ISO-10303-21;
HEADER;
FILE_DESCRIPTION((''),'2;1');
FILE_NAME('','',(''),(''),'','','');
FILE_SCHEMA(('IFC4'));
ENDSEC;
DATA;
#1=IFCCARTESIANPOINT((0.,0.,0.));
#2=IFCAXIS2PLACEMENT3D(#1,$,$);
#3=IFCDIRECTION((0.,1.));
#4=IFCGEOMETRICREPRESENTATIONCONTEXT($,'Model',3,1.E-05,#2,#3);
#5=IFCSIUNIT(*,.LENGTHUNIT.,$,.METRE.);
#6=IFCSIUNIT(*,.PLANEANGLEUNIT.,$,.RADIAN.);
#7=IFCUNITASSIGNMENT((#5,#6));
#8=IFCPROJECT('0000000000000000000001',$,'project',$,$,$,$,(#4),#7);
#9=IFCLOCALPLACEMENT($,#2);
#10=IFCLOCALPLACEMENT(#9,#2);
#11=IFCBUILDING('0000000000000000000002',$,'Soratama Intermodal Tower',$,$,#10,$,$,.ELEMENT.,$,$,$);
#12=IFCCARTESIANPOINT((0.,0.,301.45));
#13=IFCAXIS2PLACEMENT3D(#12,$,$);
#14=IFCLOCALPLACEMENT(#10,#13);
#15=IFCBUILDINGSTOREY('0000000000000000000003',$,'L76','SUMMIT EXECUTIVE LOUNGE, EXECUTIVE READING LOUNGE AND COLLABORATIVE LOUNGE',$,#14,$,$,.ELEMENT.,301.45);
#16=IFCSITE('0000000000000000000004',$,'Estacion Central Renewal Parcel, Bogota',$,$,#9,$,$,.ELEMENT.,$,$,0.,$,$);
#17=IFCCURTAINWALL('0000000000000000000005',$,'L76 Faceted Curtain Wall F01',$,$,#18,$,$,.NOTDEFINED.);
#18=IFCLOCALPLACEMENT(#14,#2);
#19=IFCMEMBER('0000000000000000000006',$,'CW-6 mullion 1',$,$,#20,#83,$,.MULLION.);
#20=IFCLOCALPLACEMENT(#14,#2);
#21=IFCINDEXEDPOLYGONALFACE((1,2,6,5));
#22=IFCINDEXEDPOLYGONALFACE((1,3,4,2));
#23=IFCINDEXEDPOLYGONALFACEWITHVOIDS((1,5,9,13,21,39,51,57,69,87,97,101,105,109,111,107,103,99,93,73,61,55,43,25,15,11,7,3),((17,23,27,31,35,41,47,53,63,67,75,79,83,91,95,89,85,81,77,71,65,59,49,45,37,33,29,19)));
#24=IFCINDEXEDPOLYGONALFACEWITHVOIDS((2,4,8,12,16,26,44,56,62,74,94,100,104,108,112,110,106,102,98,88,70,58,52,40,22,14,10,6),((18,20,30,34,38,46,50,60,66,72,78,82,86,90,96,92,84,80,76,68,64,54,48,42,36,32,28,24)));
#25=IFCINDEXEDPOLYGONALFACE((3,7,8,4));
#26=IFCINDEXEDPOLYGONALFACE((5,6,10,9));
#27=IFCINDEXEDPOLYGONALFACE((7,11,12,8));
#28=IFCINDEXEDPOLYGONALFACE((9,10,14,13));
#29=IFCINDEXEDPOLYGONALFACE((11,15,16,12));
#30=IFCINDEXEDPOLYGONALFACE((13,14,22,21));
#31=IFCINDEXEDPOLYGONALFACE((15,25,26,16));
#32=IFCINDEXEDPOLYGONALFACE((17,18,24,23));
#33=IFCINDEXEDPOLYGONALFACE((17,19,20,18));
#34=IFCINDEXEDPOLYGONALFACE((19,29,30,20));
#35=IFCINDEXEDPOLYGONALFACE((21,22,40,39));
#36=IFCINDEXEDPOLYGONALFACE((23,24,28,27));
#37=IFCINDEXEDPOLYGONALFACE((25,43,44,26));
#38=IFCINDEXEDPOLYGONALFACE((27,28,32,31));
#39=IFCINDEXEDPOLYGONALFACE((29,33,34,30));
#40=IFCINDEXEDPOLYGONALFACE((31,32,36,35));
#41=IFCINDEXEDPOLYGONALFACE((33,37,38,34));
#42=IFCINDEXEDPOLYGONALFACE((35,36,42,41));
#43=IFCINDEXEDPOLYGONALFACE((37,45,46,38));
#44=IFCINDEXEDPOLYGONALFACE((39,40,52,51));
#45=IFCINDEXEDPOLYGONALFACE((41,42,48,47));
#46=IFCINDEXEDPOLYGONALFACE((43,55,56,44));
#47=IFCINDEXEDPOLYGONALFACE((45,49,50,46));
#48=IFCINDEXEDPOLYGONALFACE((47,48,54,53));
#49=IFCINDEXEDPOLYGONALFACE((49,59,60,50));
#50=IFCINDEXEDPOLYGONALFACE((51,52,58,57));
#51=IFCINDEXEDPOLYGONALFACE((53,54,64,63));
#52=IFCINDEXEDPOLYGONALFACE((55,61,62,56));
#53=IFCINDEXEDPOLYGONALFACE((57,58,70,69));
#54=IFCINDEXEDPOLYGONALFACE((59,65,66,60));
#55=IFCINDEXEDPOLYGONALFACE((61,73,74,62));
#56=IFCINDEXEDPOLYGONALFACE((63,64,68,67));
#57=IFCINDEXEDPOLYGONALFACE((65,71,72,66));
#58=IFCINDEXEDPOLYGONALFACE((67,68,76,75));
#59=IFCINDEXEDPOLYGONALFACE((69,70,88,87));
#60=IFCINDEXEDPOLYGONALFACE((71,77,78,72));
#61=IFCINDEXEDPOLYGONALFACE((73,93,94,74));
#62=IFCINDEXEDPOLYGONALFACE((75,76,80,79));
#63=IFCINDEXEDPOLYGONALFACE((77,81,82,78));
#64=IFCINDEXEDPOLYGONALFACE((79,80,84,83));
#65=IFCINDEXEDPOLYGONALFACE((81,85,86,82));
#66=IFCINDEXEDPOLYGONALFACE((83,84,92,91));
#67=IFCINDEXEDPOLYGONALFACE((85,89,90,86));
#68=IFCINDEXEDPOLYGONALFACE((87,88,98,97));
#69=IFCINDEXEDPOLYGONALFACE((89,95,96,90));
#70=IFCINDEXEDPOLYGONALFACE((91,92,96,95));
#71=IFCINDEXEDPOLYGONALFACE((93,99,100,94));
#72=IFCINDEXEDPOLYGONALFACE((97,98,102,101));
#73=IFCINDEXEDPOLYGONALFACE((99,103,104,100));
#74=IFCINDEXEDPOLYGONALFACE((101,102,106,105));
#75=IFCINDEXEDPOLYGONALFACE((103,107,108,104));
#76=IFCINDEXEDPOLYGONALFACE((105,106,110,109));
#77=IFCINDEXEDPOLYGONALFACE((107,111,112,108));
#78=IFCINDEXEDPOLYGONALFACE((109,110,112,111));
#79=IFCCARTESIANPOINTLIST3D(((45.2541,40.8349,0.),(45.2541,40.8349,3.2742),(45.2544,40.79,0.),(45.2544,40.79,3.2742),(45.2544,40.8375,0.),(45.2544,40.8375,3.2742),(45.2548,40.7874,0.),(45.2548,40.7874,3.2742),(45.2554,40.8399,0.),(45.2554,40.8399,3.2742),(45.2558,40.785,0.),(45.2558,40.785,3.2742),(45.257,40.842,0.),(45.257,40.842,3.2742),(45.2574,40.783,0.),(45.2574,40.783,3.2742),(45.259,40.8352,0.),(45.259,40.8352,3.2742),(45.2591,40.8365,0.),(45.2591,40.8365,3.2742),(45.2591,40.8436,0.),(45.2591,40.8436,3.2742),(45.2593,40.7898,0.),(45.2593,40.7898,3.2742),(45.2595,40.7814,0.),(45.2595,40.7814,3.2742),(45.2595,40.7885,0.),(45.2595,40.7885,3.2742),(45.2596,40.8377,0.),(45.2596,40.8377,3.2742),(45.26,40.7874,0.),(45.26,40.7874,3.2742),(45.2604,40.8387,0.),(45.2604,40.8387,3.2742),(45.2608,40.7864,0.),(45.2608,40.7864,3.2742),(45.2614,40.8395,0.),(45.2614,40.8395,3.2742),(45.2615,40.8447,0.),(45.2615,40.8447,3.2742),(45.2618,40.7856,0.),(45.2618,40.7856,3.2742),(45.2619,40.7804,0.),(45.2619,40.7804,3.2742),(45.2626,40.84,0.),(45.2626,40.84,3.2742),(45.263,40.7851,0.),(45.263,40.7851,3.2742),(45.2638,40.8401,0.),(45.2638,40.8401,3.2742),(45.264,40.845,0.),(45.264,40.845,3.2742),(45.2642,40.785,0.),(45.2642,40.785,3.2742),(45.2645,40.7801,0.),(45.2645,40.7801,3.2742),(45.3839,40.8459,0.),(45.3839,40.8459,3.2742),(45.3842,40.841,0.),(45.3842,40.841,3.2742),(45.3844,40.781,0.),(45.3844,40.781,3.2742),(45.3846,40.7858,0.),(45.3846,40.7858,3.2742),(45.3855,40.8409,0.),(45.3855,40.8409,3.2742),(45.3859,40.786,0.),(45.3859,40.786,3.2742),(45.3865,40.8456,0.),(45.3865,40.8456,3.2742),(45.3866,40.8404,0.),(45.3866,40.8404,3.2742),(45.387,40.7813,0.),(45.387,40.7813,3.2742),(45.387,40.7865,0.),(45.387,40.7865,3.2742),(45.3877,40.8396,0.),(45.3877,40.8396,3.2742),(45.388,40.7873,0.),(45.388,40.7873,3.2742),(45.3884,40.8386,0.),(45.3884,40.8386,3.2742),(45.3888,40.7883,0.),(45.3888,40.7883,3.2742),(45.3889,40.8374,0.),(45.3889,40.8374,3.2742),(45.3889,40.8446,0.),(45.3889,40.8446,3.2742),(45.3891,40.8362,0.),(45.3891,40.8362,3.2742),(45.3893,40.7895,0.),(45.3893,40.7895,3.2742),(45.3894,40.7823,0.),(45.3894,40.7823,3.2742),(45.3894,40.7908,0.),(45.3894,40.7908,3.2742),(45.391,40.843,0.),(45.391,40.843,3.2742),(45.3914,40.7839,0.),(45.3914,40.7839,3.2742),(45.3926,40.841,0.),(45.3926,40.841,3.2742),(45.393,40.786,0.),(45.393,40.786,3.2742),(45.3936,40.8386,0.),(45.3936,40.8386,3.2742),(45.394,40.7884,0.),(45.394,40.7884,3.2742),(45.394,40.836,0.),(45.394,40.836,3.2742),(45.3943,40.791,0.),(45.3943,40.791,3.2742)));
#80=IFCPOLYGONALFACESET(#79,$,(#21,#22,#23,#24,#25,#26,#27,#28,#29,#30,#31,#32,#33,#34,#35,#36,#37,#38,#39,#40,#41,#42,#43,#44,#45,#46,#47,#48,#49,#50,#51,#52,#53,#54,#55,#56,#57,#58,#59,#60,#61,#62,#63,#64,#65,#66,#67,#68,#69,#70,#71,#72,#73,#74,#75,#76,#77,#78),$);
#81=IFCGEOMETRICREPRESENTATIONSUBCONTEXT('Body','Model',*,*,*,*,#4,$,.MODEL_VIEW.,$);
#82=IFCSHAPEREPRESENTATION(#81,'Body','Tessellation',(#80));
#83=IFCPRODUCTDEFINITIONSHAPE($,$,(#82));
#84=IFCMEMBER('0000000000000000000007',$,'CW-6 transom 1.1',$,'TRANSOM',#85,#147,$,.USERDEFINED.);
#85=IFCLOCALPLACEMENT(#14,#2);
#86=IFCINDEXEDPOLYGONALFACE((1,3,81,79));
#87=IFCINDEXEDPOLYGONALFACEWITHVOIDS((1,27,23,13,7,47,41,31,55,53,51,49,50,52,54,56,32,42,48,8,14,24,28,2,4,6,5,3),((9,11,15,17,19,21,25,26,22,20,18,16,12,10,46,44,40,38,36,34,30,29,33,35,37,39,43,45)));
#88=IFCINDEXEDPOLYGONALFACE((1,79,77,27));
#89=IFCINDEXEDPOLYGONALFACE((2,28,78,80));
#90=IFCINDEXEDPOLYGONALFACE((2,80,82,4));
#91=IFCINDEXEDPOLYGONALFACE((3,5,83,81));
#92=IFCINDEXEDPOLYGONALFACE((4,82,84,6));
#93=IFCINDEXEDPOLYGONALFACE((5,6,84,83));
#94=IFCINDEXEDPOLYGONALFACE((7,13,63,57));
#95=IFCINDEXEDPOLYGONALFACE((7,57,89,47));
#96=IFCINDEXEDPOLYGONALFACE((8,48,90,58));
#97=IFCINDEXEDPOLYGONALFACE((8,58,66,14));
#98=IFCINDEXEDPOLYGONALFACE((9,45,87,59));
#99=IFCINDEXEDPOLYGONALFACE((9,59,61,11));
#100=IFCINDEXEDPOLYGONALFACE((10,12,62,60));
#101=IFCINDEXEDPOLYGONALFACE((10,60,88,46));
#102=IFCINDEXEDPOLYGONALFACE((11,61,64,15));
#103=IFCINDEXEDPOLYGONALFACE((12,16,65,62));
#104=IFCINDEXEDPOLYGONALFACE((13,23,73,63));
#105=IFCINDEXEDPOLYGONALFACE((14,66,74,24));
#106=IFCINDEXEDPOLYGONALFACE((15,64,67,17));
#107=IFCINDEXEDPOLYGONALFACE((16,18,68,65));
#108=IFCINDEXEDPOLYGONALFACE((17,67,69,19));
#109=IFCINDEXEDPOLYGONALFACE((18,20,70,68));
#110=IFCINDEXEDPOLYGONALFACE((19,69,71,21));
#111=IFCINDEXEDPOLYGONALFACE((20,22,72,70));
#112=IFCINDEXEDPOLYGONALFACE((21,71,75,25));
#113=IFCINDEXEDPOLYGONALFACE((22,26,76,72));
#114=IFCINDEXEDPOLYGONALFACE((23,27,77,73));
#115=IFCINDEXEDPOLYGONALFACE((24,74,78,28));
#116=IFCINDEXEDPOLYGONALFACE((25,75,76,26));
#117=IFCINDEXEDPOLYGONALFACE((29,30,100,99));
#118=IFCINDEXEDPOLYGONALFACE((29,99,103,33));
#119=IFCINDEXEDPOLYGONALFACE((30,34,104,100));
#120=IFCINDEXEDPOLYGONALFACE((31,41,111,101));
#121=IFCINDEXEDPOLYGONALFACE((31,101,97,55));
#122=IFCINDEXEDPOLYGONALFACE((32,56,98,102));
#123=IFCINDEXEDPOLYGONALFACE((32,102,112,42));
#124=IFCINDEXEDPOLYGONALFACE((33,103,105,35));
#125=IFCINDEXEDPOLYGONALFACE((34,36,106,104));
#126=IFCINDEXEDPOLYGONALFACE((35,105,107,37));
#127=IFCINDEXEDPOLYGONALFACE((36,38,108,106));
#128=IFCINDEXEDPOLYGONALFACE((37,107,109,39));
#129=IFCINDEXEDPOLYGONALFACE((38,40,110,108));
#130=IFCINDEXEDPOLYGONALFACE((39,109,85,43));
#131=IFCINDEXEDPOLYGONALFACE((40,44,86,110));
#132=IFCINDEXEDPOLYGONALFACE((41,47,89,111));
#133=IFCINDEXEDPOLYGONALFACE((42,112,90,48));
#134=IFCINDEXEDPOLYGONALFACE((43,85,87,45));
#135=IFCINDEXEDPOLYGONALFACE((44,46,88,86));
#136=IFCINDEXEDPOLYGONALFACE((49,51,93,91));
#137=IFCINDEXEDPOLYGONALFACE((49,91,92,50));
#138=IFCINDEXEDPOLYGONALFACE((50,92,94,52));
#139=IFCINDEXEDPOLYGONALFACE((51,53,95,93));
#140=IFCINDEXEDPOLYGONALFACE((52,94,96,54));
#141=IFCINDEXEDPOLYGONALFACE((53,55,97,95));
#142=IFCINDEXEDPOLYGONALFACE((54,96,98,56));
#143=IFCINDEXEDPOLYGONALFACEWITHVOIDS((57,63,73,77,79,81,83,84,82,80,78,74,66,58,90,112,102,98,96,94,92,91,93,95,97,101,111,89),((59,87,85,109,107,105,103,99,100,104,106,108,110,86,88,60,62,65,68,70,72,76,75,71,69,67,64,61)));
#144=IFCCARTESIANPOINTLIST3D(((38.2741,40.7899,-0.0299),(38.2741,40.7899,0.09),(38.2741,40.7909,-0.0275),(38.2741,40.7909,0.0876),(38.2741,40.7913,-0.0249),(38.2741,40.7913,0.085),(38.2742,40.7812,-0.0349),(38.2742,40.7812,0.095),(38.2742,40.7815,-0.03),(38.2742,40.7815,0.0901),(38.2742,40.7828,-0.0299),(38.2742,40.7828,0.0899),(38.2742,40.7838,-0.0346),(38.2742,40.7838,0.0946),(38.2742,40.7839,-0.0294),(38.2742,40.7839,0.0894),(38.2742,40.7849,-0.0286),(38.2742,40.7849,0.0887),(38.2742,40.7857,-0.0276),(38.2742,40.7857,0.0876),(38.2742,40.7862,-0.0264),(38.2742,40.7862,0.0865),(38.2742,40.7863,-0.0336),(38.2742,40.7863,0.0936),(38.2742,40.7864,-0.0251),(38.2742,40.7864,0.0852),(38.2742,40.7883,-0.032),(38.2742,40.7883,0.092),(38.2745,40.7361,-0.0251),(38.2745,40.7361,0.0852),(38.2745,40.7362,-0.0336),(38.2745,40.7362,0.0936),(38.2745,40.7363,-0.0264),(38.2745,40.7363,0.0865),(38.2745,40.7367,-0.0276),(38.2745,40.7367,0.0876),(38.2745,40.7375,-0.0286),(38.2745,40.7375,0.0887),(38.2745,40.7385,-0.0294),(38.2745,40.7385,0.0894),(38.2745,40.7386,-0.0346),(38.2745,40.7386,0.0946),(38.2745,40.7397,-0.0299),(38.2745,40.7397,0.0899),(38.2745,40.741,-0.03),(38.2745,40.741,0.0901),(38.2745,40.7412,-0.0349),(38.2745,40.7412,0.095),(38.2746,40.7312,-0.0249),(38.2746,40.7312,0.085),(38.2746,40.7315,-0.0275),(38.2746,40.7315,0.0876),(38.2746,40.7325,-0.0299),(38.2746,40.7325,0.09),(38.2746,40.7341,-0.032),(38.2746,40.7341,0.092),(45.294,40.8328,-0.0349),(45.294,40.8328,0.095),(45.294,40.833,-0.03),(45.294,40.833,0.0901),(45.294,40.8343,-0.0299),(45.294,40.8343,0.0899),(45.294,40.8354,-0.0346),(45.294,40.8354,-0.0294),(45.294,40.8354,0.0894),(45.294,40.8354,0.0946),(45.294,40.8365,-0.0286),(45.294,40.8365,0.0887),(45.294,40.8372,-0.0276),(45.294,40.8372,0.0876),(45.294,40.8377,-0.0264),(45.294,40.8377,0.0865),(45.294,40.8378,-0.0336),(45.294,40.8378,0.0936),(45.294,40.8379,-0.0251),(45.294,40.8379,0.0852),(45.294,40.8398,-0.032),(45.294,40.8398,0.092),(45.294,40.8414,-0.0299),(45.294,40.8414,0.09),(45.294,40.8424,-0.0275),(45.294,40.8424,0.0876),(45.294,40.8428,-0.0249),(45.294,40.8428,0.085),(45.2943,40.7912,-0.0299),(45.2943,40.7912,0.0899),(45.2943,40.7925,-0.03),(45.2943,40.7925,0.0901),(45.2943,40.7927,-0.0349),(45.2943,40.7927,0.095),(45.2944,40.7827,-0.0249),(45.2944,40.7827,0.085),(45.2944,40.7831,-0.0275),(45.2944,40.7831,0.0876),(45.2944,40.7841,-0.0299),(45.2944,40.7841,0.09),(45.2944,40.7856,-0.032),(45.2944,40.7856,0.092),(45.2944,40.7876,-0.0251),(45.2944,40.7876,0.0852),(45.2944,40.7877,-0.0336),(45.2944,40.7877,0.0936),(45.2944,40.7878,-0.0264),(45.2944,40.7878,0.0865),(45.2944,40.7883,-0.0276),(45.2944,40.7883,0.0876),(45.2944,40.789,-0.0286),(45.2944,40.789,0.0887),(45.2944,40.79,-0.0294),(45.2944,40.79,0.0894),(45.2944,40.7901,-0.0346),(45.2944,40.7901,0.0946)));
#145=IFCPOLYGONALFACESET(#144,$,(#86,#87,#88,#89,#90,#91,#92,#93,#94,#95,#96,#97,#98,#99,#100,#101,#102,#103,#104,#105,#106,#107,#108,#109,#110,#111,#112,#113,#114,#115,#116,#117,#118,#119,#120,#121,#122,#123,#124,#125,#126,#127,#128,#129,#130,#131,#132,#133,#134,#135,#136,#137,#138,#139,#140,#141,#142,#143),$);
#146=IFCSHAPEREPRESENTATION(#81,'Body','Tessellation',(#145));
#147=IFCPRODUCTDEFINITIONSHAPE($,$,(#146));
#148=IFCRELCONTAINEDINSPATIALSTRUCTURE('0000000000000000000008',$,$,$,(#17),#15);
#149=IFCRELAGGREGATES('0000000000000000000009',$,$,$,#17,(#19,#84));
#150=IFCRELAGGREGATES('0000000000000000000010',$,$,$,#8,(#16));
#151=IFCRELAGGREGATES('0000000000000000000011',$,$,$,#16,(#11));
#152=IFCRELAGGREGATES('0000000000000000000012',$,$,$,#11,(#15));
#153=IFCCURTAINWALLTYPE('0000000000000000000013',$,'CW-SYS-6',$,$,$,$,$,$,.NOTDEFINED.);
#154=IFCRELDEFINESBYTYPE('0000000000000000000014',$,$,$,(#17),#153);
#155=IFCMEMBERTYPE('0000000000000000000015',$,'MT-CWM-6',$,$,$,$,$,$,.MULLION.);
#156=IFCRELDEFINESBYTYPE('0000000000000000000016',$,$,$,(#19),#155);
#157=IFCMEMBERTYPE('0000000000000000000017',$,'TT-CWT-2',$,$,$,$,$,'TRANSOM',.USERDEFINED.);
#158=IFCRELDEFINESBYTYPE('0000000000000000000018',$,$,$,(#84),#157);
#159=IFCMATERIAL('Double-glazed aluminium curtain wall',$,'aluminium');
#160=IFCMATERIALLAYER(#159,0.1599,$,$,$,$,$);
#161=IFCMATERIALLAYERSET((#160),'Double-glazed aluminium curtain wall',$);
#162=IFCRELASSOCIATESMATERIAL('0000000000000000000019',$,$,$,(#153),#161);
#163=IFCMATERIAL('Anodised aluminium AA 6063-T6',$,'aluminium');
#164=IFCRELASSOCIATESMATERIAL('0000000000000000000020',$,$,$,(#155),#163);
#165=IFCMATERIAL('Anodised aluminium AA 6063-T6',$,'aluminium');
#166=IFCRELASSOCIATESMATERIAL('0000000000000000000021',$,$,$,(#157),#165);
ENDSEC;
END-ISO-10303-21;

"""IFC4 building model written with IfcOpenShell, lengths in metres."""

from ifc_helpers import new_model, si_unit, direction, frame, origin, origin_2d, place, context, subcontext, project, spatial, hollow_rectangle, extrude, material, layer, layer_set, material_profile, profile_set, type_object, element, aggregate, save


model = new_model("IFC4")

# Units and contexts
model_context = context("Model", 3, precision=1e-05, world=origin(), true_north=direction((0.0, 1.0)))
body_context = subcontext(model_context, "Body", "Model", "MODEL_VIEW")
ifc_project = project(units=[si_unit("LENGTHUNIT", "METRE"), si_unit("PLANEANGLEUNIT", "RADIAN")], contexts=[model_context])

# Site, building, storey
site_placement = place(None, origin())
site = spatial("IfcSite", under=ifc_project, at=site_placement, Name="Estacion Central Renewal Parcel, Bogota", CompositionType="ELEMENT", RefElevation=0.0)
building_placement = place(site_placement, origin())
building = spatial("IfcBuilding", under=site, at=building_placement, Name="Soratama Intermodal Tower", CompositionType="ELEMENT")
storey_placement = place(building_placement, frame((0.0, 0.0, 301.45)))
storey = spatial("IfcBuildingStorey", under=building, at=storey_placement, Name="L76", Description="SUMMIT EXECUTIVE LOUNGE, EXECUTIVE READING LOUNGE AND COLLABORATIVE LOUNGE", CompositionType="ELEMENT", Elevation=301.45)

# Curtain wall, members
ifc_material_1 = material(Name="Double-glazed aluminium curtain wall", Category="aluminium")
ifc_layer_1 = layer(ifc_material_1, 0.1599)
ifc_layer_set_1 = layer_set([ifc_layer_1], Name="Double-glazed aluminium curtain wall")
curtain_wall_type = type_object("IfcCurtainWallType", Name="CW-SYS-6", PredefinedType="NOTDEFINED", material=ifc_layer_set_1)
curtain_wall_placement = place(storey_placement, origin())
curtain_wall = element("IfcCurtainWall", 1, at=curtain_wall_placement, inside=storey, type_object=curtain_wall_type, Name="L76 Faceted Curtain Wall F01", PredefinedType="NOTDEFINED")
ifc_material_2 = material(Name="Anodised aluminium AA 6063-T6", Category="aluminium")
ifc_material_profile_1 = material_profile(ifc_material_2, hollow_rectangle(XDim=0.0649, YDim=0.1399, WallThickness=0.0049, InnerFilletRadius=0.0049, OuterFilletRadius=0.01, at=origin_2d()), Name="CWM140X65X5")
ifc_profile_set_1 = profile_set([ifc_material_profile_1], Name="Anodised aluminium AA 6063-T6")
member_type_1 = type_object("IfcMemberType", Name="MT-CWM-6", PredefinedType="MULLION", material=ifc_profile_set_1)
member_1_placement = place(storey_placement, frame((45.3242, 40.813, 0.0), z_axis=(0.0, 0.0, 1.0), x_axis=(0.007339, -0.999973, 0.0)))
member_1 = element("IfcMember", 2, at=member_1_placement, type_object=member_type_1, Name="CW-6 mullion 1", PredefinedType="MULLION", context=body_context, shape_type="SweptSolid", body=[
    extrude(hollow_rectangle(XDim=0.0649, YDim=0.1399, WallThickness=0.0049, InnerFilletRadius=0.0049, OuterFilletRadius=0.01, at=origin_2d()), origin(), (0.0, 0.0, 1.0), 3.2742),
])
ifc_material_3 = material(Name="Anodised aluminium AA 6063-T6", Category="aluminium")
ifc_material_profile_2 = material_profile(ifc_material_3, hollow_rectangle(XDim=0.0601, YDim=0.1299, WallThickness=0.0049, InnerFilletRadius=0.0049, OuterFilletRadius=0.01, at=origin_2d()), Name="CWT130X60X5")
ifc_profile_set_2 = profile_set([ifc_material_profile_2], Name="Anodised aluminium AA 6063-T6")
member_type_2 = type_object("IfcMemberType", Name="TT-CWT-2", ElementType="TRANSOM", PredefinedType="USERDEFINED", material=ifc_profile_set_2)
member_2_placement = place(storey_placement, frame((45.2942, 40.8127, 0.03), z_axis=(-0.999973, -0.007338, 0.0), x_axis=(0.007338, -0.999973, 0.0)))
member_2 = element("IfcMember", 3, at=member_2_placement, type_object=member_type_2, Name="CW-6 transom 1.1", ObjectType="TRANSOM", PredefinedType="USERDEFINED", context=body_context, shape_type="SweptSolid", body=[
    extrude(hollow_rectangle(XDim=0.0601, YDim=0.1299, WallThickness=0.0049, InnerFilletRadius=0.0049, OuterFilletRadius=0.01, at=origin_2d()), origin(), (0.0, 0.0, 1.0), 7.02),
])
aggregate(curtain_wall, [member_1, member_2])

save(model, "model.ifc")
